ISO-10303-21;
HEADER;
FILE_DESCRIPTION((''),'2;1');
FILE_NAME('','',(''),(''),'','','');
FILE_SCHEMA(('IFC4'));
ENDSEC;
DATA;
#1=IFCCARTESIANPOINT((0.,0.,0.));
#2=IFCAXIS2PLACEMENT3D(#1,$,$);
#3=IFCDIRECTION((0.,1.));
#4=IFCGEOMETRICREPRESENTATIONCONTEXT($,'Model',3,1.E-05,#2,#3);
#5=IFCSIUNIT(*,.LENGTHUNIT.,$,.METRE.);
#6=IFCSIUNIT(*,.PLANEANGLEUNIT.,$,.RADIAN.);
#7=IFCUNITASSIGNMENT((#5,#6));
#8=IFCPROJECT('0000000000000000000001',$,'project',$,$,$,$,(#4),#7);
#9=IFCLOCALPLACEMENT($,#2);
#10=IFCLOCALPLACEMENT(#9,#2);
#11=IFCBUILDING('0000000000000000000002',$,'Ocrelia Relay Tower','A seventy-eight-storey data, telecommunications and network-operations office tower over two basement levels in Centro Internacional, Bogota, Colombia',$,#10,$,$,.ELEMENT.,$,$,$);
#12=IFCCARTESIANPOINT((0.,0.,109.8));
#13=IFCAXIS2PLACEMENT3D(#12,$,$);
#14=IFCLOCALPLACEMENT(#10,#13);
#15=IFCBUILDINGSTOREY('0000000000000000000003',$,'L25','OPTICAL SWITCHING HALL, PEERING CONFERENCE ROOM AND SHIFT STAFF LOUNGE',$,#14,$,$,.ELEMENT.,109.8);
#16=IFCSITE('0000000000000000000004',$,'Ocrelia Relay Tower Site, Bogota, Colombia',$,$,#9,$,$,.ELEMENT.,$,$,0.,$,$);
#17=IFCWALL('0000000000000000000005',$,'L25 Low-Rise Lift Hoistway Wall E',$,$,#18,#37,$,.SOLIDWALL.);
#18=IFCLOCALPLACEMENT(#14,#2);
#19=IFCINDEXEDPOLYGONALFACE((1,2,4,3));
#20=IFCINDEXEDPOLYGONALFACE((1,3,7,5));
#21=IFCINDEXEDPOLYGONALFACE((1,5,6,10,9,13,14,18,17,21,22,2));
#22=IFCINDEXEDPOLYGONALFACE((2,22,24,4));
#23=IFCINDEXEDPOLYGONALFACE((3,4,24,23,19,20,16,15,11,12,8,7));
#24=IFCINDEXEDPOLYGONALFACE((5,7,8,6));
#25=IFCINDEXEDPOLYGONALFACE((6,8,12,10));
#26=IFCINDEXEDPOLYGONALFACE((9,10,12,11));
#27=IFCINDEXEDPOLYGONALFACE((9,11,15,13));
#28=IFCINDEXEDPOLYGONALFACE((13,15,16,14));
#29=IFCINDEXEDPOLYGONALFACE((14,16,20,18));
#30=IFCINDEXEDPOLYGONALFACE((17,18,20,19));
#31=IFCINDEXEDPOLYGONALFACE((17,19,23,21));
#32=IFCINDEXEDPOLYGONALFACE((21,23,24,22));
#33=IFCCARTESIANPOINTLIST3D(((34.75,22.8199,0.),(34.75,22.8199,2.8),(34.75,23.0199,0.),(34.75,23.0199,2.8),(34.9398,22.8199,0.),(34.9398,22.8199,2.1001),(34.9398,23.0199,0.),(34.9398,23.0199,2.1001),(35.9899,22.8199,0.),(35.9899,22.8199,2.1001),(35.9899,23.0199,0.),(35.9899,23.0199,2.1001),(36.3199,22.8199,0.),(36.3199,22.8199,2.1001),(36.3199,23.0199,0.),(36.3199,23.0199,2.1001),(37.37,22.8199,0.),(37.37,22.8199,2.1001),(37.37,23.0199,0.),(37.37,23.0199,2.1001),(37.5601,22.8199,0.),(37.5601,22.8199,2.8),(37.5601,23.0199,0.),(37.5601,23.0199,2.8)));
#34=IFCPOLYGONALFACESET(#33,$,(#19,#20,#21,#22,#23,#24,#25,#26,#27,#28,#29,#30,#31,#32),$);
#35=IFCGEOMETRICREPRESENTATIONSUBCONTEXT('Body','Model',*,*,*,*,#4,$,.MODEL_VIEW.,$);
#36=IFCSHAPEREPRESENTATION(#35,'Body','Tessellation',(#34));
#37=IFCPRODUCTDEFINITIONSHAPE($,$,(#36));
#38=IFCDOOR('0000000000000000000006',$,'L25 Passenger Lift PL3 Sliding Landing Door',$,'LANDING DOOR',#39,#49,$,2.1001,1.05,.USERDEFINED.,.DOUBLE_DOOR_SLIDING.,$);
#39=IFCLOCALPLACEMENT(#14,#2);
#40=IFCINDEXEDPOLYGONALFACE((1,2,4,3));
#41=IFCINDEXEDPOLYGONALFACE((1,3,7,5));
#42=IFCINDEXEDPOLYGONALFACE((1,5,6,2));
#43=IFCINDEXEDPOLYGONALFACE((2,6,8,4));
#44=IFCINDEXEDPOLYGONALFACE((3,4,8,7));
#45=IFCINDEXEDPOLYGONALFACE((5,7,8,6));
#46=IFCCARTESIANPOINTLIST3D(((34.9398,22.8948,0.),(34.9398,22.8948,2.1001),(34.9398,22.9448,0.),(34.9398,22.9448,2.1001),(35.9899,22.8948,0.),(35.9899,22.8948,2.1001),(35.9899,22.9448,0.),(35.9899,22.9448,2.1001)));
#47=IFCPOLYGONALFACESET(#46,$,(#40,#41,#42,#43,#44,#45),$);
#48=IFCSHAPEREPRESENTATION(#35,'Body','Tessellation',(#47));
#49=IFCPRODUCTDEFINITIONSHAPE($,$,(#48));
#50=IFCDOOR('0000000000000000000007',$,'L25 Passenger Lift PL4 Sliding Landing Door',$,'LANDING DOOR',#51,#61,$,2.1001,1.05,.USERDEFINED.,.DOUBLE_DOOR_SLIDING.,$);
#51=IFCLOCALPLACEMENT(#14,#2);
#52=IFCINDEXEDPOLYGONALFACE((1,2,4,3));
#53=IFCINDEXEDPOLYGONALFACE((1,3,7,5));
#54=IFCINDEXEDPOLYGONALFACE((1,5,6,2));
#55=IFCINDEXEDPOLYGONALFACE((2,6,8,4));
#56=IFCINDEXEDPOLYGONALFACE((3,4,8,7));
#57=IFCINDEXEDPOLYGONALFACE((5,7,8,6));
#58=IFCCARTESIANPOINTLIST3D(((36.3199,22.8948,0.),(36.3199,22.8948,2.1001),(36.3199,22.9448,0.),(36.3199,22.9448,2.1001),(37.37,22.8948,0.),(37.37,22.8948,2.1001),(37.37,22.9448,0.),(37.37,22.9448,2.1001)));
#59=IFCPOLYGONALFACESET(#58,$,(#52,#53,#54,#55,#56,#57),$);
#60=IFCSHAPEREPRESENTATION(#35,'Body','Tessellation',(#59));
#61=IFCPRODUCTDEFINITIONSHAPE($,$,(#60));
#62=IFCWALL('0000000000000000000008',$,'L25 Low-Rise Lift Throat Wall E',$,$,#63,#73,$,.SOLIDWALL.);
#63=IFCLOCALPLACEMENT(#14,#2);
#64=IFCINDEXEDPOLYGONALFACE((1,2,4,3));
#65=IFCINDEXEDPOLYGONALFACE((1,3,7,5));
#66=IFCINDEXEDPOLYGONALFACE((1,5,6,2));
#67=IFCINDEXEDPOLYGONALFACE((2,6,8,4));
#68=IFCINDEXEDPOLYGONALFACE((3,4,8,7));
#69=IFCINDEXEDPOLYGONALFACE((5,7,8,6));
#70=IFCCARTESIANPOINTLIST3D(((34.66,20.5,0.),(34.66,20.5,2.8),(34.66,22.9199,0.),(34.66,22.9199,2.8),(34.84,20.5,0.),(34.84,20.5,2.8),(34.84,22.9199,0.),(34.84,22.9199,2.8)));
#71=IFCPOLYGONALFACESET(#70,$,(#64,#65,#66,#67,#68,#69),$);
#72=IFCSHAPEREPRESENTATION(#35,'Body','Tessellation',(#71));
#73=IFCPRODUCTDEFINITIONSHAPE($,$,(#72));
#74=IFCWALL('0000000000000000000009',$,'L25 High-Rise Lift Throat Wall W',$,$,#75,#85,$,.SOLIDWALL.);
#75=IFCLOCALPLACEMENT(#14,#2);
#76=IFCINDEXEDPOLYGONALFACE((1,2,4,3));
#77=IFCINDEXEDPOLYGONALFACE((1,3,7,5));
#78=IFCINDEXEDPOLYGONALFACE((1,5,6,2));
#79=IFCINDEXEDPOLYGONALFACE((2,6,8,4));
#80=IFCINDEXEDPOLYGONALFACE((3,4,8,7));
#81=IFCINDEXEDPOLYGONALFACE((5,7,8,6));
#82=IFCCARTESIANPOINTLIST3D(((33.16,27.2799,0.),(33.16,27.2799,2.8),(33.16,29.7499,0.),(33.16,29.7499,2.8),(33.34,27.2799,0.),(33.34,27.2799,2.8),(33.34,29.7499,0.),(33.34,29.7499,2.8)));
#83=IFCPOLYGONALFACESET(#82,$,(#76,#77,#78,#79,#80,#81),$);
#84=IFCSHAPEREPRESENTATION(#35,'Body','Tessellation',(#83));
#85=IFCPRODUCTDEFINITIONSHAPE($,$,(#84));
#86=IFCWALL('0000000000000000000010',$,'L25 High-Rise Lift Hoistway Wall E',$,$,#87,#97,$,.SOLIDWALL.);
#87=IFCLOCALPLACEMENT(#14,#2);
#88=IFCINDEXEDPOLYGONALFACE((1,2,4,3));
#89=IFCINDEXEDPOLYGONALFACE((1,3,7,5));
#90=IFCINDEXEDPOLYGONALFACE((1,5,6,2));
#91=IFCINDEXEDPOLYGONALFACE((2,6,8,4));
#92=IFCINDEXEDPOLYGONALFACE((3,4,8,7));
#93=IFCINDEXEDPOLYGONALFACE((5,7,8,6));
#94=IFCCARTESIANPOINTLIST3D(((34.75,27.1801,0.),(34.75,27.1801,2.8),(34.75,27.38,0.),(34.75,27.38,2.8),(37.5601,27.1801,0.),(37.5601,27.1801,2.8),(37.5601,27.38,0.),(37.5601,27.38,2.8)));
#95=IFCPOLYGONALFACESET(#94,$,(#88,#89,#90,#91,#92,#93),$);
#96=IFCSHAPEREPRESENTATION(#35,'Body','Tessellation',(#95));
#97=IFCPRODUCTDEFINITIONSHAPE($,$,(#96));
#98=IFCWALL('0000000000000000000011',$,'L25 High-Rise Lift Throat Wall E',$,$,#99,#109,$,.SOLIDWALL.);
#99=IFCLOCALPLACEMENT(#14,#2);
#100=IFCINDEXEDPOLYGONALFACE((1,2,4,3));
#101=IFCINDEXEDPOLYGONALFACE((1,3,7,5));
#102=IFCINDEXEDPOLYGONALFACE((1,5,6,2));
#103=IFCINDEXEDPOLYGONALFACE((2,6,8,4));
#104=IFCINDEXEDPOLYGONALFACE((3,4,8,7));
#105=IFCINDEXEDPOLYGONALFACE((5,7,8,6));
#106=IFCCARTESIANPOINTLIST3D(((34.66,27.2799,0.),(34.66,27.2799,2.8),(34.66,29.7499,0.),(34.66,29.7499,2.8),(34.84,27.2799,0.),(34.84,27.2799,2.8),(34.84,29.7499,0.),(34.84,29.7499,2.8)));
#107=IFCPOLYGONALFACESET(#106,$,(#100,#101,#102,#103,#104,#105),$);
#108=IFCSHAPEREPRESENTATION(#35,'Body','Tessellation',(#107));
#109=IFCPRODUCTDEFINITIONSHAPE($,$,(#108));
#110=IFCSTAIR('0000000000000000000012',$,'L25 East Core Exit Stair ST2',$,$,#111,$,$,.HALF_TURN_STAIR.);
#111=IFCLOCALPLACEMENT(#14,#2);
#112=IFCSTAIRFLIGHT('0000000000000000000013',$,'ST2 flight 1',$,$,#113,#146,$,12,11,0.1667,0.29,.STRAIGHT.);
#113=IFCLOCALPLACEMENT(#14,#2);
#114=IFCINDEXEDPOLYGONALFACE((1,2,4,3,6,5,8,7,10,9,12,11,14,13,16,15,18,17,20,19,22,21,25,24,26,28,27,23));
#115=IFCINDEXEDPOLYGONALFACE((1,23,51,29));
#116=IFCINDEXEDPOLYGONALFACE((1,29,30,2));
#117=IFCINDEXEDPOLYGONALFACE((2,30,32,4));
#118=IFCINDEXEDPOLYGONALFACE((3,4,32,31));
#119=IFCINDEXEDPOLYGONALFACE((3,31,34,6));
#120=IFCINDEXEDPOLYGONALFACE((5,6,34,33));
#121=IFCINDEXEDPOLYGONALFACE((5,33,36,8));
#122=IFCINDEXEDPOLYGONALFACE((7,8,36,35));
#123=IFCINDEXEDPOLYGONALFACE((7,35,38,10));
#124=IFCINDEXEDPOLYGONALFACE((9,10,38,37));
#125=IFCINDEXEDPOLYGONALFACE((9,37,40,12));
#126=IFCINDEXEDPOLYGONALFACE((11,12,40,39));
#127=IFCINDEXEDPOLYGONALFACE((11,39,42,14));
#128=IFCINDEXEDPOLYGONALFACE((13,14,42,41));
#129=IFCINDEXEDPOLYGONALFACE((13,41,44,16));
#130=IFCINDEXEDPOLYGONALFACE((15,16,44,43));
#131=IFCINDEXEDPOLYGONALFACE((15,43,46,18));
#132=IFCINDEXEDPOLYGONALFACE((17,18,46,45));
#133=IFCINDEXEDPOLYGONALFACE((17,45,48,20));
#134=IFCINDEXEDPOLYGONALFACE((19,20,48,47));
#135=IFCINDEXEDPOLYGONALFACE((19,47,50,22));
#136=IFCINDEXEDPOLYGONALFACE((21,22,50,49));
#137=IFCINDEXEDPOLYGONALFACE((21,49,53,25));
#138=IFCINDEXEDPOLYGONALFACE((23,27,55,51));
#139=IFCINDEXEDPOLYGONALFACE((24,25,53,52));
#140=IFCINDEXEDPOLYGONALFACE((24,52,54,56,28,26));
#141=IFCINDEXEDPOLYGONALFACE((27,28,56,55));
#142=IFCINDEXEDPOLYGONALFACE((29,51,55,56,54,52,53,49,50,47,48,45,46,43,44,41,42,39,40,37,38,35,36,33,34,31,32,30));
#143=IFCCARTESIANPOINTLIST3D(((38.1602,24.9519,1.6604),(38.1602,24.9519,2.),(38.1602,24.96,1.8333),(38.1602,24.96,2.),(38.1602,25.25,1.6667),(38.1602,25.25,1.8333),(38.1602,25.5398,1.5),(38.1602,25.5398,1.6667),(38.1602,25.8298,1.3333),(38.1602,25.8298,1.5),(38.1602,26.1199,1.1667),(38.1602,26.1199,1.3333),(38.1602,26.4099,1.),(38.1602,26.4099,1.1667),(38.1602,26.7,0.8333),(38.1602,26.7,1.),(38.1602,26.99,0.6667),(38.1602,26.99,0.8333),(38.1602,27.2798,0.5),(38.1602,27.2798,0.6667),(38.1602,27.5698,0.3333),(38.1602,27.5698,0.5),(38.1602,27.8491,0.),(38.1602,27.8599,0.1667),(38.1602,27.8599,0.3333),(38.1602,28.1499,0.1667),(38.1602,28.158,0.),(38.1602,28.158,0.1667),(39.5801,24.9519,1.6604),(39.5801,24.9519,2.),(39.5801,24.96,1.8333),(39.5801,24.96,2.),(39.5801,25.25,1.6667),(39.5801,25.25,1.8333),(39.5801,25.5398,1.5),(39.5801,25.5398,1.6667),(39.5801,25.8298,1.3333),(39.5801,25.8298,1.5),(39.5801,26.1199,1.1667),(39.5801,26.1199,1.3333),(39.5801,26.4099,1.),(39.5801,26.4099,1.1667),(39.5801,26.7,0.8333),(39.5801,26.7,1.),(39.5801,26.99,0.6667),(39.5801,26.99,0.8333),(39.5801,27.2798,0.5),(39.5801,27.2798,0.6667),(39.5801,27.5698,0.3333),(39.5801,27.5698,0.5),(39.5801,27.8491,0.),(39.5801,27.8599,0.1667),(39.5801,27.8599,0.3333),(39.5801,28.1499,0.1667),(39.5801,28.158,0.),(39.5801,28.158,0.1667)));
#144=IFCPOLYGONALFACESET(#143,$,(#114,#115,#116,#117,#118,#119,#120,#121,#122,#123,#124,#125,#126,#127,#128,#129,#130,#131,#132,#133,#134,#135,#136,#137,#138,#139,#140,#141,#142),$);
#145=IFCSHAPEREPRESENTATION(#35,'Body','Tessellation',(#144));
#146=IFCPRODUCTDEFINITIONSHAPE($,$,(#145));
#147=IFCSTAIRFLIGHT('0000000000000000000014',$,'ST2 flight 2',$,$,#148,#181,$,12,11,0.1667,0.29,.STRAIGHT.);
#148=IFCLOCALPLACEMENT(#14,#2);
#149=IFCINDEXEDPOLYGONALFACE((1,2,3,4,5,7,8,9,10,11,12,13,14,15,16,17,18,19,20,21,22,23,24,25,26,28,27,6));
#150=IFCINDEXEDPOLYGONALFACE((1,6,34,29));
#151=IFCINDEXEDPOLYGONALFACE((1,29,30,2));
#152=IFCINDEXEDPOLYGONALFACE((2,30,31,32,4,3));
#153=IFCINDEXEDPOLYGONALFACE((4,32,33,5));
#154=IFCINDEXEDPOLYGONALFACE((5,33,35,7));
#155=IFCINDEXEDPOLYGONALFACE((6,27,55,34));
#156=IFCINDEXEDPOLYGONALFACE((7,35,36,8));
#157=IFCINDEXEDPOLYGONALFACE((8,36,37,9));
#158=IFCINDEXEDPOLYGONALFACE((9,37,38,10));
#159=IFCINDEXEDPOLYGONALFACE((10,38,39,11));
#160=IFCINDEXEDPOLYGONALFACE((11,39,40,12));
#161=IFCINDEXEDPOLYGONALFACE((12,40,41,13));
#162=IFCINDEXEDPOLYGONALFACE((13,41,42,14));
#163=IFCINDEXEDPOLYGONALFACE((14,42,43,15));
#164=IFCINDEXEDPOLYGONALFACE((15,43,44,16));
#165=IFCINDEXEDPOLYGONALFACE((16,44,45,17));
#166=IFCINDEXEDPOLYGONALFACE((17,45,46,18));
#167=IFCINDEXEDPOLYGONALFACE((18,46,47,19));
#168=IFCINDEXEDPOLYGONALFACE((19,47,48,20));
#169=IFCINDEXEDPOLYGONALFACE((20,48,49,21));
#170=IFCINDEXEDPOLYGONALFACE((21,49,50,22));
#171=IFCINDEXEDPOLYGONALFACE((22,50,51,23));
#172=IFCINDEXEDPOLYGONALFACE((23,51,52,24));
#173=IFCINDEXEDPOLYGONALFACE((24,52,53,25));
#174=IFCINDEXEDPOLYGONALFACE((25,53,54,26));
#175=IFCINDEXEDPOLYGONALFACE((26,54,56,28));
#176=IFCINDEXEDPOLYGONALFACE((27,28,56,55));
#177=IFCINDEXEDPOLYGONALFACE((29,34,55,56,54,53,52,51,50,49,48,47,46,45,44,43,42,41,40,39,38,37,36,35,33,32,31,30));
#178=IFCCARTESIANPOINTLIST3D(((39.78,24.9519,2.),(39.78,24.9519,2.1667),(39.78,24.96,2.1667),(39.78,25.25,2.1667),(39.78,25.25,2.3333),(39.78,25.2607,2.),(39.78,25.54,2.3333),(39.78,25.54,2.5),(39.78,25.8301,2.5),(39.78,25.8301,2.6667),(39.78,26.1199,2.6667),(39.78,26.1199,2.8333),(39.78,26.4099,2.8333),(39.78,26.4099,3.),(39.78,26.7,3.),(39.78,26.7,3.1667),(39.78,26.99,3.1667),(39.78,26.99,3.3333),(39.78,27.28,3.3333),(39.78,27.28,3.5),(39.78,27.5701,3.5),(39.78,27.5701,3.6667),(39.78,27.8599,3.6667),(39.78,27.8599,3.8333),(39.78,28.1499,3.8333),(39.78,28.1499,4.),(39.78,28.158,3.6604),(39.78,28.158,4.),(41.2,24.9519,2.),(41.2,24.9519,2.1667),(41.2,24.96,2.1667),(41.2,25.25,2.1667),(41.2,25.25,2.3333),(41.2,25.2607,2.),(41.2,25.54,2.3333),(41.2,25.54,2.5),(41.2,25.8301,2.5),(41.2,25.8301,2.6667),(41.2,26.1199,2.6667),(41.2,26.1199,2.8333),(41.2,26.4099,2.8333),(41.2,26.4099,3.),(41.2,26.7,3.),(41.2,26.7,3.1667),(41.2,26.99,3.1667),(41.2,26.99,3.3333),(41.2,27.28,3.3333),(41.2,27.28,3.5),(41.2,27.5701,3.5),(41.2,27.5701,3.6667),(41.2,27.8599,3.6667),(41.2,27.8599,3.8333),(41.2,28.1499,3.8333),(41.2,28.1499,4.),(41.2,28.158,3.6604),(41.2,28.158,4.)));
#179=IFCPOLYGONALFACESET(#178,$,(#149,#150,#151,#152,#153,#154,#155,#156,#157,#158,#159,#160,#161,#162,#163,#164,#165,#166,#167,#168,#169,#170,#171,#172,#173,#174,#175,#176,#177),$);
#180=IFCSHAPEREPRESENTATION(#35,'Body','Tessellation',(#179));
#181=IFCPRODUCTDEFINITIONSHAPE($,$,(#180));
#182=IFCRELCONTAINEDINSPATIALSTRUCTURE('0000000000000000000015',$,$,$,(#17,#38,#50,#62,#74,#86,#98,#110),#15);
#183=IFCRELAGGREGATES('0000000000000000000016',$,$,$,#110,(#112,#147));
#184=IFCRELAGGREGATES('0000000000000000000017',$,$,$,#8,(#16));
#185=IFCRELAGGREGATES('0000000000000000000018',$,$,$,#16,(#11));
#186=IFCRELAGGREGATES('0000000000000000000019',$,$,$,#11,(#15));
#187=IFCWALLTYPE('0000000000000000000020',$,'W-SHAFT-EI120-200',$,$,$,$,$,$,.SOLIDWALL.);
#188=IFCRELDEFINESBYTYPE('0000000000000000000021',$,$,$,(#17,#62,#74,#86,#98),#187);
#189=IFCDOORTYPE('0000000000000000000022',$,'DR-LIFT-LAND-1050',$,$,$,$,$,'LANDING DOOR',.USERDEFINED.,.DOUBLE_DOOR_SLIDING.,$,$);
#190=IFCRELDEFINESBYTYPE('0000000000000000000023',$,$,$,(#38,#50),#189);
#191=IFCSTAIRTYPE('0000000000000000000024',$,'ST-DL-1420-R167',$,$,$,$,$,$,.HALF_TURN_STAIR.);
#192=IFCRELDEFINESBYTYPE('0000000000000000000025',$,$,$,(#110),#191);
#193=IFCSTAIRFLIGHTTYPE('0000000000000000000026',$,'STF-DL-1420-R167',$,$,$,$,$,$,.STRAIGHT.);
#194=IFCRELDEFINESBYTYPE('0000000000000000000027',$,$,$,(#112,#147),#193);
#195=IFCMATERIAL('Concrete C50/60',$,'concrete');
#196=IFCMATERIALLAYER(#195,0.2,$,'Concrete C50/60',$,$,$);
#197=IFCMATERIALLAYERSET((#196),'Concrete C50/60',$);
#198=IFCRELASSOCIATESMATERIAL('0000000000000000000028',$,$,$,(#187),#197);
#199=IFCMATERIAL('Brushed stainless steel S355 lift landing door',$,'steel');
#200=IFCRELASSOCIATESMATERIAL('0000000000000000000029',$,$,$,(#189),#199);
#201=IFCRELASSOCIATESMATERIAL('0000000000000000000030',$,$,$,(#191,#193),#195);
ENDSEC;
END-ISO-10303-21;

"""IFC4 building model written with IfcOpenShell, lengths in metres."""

from ifc_helpers import new_model, si_unit, direction, frame, frame_2d, origin, place, context, subcontext, project, spatial, polyline, rectangle, outline, extrude, material, layer, layer_set, type_object, element, fill, aggregate, save


model = new_model("IFC4")

# Units and contexts
model_context = context("Model", 3, precision=1e-05, world=origin(), true_north=direction((0.0, 1.0)))
body_context = subcontext(model_context, "Body", "Model", "MODEL_VIEW")
ifc_project = project(units=[si_unit("LENGTHUNIT", "METRE"), si_unit("PLANEANGLEUNIT", "RADIAN")], contexts=[model_context])

# Site, building, storey
site_placement = place(None, origin())
site = spatial("IfcSite", under=ifc_project, at=site_placement, Name="Ocrelia Relay Tower Site, Bogota, Colombia", CompositionType="ELEMENT", RefElevation=0.0)
building_placement = place(site_placement, origin())
building = spatial("IfcBuilding", under=site, at=building_placement, Name="Ocrelia Relay Tower", Description="A seventy-eight-storey data, telecommunications and network-operations office tower over two basement levels in Centro Internacional, Bogota, Colombia", CompositionType="ELEMENT")
storey_placement = place(building_placement, frame((0.0, 0.0, 109.8)))
storey = spatial("IfcBuildingStorey", under=building, at=storey_placement, Name="L25", Description="OPTICAL SWITCHING HALL, PEERING CONFERENCE ROOM AND SHIFT STAFF LOUNGE", CompositionType="ELEMENT", Elevation=109.8)

# Shared definitions
ifc_material_1 = material(Name="Concrete C50/60", Category="concrete")
ifc_layer_1 = layer(ifc_material_1, 0.2, Name="Concrete C50/60")
ifc_layer_set_1 = layer_set([ifc_layer_1], Name="Concrete C50/60")
wall_type_1 = type_object("IfcWallType", Name="W-SHAFT-EI120-200", PredefinedType="SOLIDWALL", material=ifc_layer_set_1)

# Wall, openings, doors
wall_1_placement = place(storey_placement, frame((34.75, 22.9199, 0.0), z_axis=(0.0, 0.0, 1.0), x_axis=(1.0, 0.0, 0.0)))
wall_1 = element("IfcWall", 1, at=wall_1_placement, inside=storey, type_object=wall_type_1, Name="L25 Low-Rise Lift Hoistway Wall E", PredefinedType="SOLIDWALL", context=body_context, shape_type="SweptSolid", body=[
    extrude(rectangle(XDim=2.8101, YDim=0.2, at=frame_2d((1.405, 0.0))), origin(), (0.0, 0.0, 1.0), 2.8),
])
opening_1_placement = place(wall_1_placement, frame((0.1899, 0.0, 0.0)))
opening_1 = element("IfcOpeningElement", 2, at=opening_1_placement, cuts=wall_1, PredefinedType="OPENING", context=body_context, shape_type="SweptSolid", body=[
    extrude(rectangle(XDim=1.05, YDim=2.1001, at=frame_2d((0.5249, 1.05))), frame((0.0, 0.1099, 0.0), z_axis=(0.0, -1.0, 0.0), x_axis=(1.0, 0.0, 0.0)), (0.0, 0.0, 1.0), 0.22),
])
opening_2_placement = place(wall_1_placement, frame((1.5701, 0.0, 0.0)))
opening_2 = element("IfcOpeningElement", 3, at=opening_2_placement, cuts=wall_1, PredefinedType="OPENING", context=body_context, shape_type="SweptSolid", body=[
    extrude(rectangle(XDim=1.05, YDim=2.1001, at=frame_2d((0.5249, 1.05))), frame((0.0, 0.1099, 0.0), z_axis=(0.0, -1.0, 0.0), x_axis=(1.0, 0.0, 0.0)), (0.0, 0.0, 1.0), 0.22),
])
ifc_material_2 = material(Name="Brushed stainless steel S355 lift landing door", Category="steel")
door_type = type_object("IfcDoorType", Name="DR-LIFT-LAND-1050", ElementType="LANDING DOOR", OperationType="DOUBLE_DOOR_SLIDING", PredefinedType="USERDEFINED", material=ifc_material_2)
door_1_placement = place(opening_1_placement, origin())
door_1 = element("IfcDoor", 4, at=door_1_placement, inside=storey, type_object=door_type, Name="L25 Passenger Lift PL3 Sliding Landing Door", ObjectType="LANDING DOOR", OperationType="DOUBLE_DOOR_SLIDING", OverallHeight=2.1001, OverallWidth=1.05, PredefinedType="USERDEFINED", context=body_context, shape_type="SweptSolid", body=[
    extrude(rectangle(XDim=1.05, YDim=2.1001, at=frame_2d((0.5249, 1.05))), frame((0.0, 0.0249, 0.0), z_axis=(0.0, -1.0, 0.0), x_axis=(1.0, 0.0, 0.0)), (0.0, 0.0, 1.0), 0.05),
])
fill(opening_1, door_1)
door_2_placement = place(opening_2_placement, origin())
door_2 = element("IfcDoor", 5, at=door_2_placement, inside=storey, type_object=door_type, Name="L25 Passenger Lift PL4 Sliding Landing Door", ObjectType="LANDING DOOR", OperationType="DOUBLE_DOOR_SLIDING", OverallHeight=2.1001, OverallWidth=1.05, PredefinedType="USERDEFINED", context=body_context, shape_type="SweptSolid", body=[
    extrude(rectangle(XDim=1.05, YDim=2.1001, at=frame_2d((0.5249, 1.05))), frame((0.0, 0.0249, 0.0), z_axis=(0.0, -1.0, 0.0), x_axis=(1.0, 0.0, 0.0)), (0.0, 0.0, 1.0), 0.05),
])
fill(opening_2, door_2)

# Walls
wall_2_placement = place(storey_placement, frame((34.75, 20.5, 0.0), z_axis=(0.0, 0.0, 1.0), x_axis=(0.0, 1.0, 0.0)))
element("IfcWall", 6, at=wall_2_placement, inside=storey, type_object=wall_type_1, Name="L25 Low-Rise Lift Throat Wall E", PredefinedType="SOLIDWALL", context=body_context, shape_type="SweptSolid", body=[
    extrude(rectangle(XDim=2.4199, YDim=0.1799, at=frame_2d((1.21, 0.0))), origin(), (0.0, 0.0, 1.0), 2.8),
])
wall_3_placement = place(storey_placement, frame((33.25, 27.28, 0.0), z_axis=(0.0, 0.0, 1.0), x_axis=(0.0, 1.0, 0.0)))
element("IfcWall", 7, at=wall_3_placement, inside=storey, type_object=wall_type_1, Name="L25 High-Rise Lift Throat Wall W", PredefinedType="SOLIDWALL", context=body_context, shape_type="SweptSolid", body=[
    extrude(rectangle(XDim=2.47, YDim=0.1799, at=frame_2d((1.2349, 0.0))), origin(), (0.0, 0.0, 1.0), 2.8),
])
wall_4_placement = place(storey_placement, frame((34.75, 27.28, 0.0), z_axis=(0.0, 0.0, 1.0), x_axis=(1.0, 0.0, 0.0)))
element("IfcWall", 8, at=wall_4_placement, inside=storey, type_object=wall_type_1, Name="L25 High-Rise Lift Hoistway Wall E", PredefinedType="SOLIDWALL", context=body_context, shape_type="SweptSolid", body=[
    extrude(rectangle(XDim=2.8101, YDim=0.2, at=frame_2d((1.405, 0.0))), origin(), (0.0, 0.0, 1.0), 2.8),
])
wall_5_placement = place(storey_placement, frame((34.75, 27.28, 0.0), z_axis=(0.0, 0.0, 1.0), x_axis=(0.0, 1.0, 0.0)))
element("IfcWall", 9, at=wall_5_placement, inside=storey, type_object=wall_type_1, Name="L25 High-Rise Lift Throat Wall E", PredefinedType="SOLIDWALL", context=body_context, shape_type="SweptSolid", body=[
    extrude(rectangle(XDim=2.47, YDim=0.1799, at=frame_2d((1.2349, 0.0))), origin(), (0.0, 0.0, 1.0), 2.8),
])

# Stair, stair flights
stair_type = type_object("IfcStairType", Name="ST-DL-1420-R167", PredefinedType="HALF_TURN_STAIR", material=ifc_material_1)
stair_placement = place(storey_placement, origin())
stair = element("IfcStair", 10, at=stair_placement, inside=storey, type_object=stair_type, Name="L25 East Core Exit Stair ST2", PredefinedType="HALF_TURN_STAIR")
stair_flight_type = type_object("IfcStairFlightType", Name="STF-DL-1420-R167", PredefinedType="STRAIGHT", material=ifc_material_1)
stair_flight_1_placement = place(storey_placement, frame((38.8701, 28.1499, 0.0), z_axis=(0.0, 0.0, 1.0), x_axis=(0.0, -1.0, 0.0)))
stair_flight_1 = element("IfcStairFlight", 11, at=stair_flight_1_placement, type_object=stair_flight_type, Name="ST2 flight 1", NumberOfRisers=12, NumberOfTreads=11, PredefinedType="STRAIGHT", RiserHeight=0.1667, TreadLength=0.29, context=body_context, shape_type="SweptSolid", body=[
    extrude(outline(polyline([(-0.0081, 0.0), (-0.0081, 0.1667), (0.0, 0.1667), (0.29, 0.1667), (0.29, 0.3333), (0.5801, 0.3333), (0.5801, 0.5), (0.8701, 0.5), (0.8701, 0.6667), (1.1599, 0.6667), (1.1599, 0.8333), (1.45, 0.8333), (1.45, 1.0), (1.74, 1.0), (1.74, 1.1667), (2.03, 1.1667), (2.03, 1.3333), (2.3201, 1.3333), (2.3201, 1.5), (2.6101, 1.5), (2.6101, 1.6667), (2.8999, 1.6667), (2.8999, 1.8333), (3.1899, 1.8333), (3.1899, 2.0), (3.198, 2.0), (3.198, 1.6604), (0.3008, 0.0), (-0.0081, 0.0)])), frame((0.0, 0.71, 0.0), z_axis=(0.0, -1.0, 0.0), x_axis=(1.0, 0.0, 0.0)), (0.0, 0.0, 1.0), 1.4199),
])
stair_flight_2_placement = place(storey_placement, frame((40.49, 24.96, 2.0), z_axis=(0.0, 0.0, 1.0), x_axis=(0.0, 1.0, 0.0)))
stair_flight_2 = element("IfcStairFlight", 12, at=stair_flight_2_placement, type_object=stair_flight_type, Name="ST2 flight 2", NumberOfRisers=12, NumberOfTreads=11, PredefinedType="STRAIGHT", RiserHeight=0.1667, TreadLength=0.29, context=body_context, shape_type="SweptSolid", body=[
    extrude(outline(polyline([(-0.0081, 0.0), (-0.0081, 0.1667), (0.0, 0.1667), (0.29, 0.1667), (0.29, 0.3333), (0.5801, 0.3333), (0.5801, 0.5), (0.8701, 0.5), (0.8701, 0.6667), (1.1599, 0.6667), (1.1599, 0.8333), (1.45, 0.8333), (1.45, 1.0), (1.74, 1.0), (1.74, 1.1667), (2.03, 1.1667), (2.03, 1.3333), (2.3201, 1.3333), (2.3201, 1.5), (2.6101, 1.5), (2.6101, 1.6667), (2.8999, 1.6667), (2.8999, 1.8333), (3.1899, 1.8333), (3.1899, 2.0), (3.198, 2.0), (3.198, 1.6604), (0.3008, 0.0), (-0.0081, 0.0)])), frame((0.0, 0.71, 0.0), z_axis=(0.0, -1.0, 0.0), x_axis=(1.0, 0.0, 0.0)), (0.0, 0.0, 1.0), 1.4199),
])
aggregate(stair, [stair_flight_1, stair_flight_2])

save(model, "model.ifc")
